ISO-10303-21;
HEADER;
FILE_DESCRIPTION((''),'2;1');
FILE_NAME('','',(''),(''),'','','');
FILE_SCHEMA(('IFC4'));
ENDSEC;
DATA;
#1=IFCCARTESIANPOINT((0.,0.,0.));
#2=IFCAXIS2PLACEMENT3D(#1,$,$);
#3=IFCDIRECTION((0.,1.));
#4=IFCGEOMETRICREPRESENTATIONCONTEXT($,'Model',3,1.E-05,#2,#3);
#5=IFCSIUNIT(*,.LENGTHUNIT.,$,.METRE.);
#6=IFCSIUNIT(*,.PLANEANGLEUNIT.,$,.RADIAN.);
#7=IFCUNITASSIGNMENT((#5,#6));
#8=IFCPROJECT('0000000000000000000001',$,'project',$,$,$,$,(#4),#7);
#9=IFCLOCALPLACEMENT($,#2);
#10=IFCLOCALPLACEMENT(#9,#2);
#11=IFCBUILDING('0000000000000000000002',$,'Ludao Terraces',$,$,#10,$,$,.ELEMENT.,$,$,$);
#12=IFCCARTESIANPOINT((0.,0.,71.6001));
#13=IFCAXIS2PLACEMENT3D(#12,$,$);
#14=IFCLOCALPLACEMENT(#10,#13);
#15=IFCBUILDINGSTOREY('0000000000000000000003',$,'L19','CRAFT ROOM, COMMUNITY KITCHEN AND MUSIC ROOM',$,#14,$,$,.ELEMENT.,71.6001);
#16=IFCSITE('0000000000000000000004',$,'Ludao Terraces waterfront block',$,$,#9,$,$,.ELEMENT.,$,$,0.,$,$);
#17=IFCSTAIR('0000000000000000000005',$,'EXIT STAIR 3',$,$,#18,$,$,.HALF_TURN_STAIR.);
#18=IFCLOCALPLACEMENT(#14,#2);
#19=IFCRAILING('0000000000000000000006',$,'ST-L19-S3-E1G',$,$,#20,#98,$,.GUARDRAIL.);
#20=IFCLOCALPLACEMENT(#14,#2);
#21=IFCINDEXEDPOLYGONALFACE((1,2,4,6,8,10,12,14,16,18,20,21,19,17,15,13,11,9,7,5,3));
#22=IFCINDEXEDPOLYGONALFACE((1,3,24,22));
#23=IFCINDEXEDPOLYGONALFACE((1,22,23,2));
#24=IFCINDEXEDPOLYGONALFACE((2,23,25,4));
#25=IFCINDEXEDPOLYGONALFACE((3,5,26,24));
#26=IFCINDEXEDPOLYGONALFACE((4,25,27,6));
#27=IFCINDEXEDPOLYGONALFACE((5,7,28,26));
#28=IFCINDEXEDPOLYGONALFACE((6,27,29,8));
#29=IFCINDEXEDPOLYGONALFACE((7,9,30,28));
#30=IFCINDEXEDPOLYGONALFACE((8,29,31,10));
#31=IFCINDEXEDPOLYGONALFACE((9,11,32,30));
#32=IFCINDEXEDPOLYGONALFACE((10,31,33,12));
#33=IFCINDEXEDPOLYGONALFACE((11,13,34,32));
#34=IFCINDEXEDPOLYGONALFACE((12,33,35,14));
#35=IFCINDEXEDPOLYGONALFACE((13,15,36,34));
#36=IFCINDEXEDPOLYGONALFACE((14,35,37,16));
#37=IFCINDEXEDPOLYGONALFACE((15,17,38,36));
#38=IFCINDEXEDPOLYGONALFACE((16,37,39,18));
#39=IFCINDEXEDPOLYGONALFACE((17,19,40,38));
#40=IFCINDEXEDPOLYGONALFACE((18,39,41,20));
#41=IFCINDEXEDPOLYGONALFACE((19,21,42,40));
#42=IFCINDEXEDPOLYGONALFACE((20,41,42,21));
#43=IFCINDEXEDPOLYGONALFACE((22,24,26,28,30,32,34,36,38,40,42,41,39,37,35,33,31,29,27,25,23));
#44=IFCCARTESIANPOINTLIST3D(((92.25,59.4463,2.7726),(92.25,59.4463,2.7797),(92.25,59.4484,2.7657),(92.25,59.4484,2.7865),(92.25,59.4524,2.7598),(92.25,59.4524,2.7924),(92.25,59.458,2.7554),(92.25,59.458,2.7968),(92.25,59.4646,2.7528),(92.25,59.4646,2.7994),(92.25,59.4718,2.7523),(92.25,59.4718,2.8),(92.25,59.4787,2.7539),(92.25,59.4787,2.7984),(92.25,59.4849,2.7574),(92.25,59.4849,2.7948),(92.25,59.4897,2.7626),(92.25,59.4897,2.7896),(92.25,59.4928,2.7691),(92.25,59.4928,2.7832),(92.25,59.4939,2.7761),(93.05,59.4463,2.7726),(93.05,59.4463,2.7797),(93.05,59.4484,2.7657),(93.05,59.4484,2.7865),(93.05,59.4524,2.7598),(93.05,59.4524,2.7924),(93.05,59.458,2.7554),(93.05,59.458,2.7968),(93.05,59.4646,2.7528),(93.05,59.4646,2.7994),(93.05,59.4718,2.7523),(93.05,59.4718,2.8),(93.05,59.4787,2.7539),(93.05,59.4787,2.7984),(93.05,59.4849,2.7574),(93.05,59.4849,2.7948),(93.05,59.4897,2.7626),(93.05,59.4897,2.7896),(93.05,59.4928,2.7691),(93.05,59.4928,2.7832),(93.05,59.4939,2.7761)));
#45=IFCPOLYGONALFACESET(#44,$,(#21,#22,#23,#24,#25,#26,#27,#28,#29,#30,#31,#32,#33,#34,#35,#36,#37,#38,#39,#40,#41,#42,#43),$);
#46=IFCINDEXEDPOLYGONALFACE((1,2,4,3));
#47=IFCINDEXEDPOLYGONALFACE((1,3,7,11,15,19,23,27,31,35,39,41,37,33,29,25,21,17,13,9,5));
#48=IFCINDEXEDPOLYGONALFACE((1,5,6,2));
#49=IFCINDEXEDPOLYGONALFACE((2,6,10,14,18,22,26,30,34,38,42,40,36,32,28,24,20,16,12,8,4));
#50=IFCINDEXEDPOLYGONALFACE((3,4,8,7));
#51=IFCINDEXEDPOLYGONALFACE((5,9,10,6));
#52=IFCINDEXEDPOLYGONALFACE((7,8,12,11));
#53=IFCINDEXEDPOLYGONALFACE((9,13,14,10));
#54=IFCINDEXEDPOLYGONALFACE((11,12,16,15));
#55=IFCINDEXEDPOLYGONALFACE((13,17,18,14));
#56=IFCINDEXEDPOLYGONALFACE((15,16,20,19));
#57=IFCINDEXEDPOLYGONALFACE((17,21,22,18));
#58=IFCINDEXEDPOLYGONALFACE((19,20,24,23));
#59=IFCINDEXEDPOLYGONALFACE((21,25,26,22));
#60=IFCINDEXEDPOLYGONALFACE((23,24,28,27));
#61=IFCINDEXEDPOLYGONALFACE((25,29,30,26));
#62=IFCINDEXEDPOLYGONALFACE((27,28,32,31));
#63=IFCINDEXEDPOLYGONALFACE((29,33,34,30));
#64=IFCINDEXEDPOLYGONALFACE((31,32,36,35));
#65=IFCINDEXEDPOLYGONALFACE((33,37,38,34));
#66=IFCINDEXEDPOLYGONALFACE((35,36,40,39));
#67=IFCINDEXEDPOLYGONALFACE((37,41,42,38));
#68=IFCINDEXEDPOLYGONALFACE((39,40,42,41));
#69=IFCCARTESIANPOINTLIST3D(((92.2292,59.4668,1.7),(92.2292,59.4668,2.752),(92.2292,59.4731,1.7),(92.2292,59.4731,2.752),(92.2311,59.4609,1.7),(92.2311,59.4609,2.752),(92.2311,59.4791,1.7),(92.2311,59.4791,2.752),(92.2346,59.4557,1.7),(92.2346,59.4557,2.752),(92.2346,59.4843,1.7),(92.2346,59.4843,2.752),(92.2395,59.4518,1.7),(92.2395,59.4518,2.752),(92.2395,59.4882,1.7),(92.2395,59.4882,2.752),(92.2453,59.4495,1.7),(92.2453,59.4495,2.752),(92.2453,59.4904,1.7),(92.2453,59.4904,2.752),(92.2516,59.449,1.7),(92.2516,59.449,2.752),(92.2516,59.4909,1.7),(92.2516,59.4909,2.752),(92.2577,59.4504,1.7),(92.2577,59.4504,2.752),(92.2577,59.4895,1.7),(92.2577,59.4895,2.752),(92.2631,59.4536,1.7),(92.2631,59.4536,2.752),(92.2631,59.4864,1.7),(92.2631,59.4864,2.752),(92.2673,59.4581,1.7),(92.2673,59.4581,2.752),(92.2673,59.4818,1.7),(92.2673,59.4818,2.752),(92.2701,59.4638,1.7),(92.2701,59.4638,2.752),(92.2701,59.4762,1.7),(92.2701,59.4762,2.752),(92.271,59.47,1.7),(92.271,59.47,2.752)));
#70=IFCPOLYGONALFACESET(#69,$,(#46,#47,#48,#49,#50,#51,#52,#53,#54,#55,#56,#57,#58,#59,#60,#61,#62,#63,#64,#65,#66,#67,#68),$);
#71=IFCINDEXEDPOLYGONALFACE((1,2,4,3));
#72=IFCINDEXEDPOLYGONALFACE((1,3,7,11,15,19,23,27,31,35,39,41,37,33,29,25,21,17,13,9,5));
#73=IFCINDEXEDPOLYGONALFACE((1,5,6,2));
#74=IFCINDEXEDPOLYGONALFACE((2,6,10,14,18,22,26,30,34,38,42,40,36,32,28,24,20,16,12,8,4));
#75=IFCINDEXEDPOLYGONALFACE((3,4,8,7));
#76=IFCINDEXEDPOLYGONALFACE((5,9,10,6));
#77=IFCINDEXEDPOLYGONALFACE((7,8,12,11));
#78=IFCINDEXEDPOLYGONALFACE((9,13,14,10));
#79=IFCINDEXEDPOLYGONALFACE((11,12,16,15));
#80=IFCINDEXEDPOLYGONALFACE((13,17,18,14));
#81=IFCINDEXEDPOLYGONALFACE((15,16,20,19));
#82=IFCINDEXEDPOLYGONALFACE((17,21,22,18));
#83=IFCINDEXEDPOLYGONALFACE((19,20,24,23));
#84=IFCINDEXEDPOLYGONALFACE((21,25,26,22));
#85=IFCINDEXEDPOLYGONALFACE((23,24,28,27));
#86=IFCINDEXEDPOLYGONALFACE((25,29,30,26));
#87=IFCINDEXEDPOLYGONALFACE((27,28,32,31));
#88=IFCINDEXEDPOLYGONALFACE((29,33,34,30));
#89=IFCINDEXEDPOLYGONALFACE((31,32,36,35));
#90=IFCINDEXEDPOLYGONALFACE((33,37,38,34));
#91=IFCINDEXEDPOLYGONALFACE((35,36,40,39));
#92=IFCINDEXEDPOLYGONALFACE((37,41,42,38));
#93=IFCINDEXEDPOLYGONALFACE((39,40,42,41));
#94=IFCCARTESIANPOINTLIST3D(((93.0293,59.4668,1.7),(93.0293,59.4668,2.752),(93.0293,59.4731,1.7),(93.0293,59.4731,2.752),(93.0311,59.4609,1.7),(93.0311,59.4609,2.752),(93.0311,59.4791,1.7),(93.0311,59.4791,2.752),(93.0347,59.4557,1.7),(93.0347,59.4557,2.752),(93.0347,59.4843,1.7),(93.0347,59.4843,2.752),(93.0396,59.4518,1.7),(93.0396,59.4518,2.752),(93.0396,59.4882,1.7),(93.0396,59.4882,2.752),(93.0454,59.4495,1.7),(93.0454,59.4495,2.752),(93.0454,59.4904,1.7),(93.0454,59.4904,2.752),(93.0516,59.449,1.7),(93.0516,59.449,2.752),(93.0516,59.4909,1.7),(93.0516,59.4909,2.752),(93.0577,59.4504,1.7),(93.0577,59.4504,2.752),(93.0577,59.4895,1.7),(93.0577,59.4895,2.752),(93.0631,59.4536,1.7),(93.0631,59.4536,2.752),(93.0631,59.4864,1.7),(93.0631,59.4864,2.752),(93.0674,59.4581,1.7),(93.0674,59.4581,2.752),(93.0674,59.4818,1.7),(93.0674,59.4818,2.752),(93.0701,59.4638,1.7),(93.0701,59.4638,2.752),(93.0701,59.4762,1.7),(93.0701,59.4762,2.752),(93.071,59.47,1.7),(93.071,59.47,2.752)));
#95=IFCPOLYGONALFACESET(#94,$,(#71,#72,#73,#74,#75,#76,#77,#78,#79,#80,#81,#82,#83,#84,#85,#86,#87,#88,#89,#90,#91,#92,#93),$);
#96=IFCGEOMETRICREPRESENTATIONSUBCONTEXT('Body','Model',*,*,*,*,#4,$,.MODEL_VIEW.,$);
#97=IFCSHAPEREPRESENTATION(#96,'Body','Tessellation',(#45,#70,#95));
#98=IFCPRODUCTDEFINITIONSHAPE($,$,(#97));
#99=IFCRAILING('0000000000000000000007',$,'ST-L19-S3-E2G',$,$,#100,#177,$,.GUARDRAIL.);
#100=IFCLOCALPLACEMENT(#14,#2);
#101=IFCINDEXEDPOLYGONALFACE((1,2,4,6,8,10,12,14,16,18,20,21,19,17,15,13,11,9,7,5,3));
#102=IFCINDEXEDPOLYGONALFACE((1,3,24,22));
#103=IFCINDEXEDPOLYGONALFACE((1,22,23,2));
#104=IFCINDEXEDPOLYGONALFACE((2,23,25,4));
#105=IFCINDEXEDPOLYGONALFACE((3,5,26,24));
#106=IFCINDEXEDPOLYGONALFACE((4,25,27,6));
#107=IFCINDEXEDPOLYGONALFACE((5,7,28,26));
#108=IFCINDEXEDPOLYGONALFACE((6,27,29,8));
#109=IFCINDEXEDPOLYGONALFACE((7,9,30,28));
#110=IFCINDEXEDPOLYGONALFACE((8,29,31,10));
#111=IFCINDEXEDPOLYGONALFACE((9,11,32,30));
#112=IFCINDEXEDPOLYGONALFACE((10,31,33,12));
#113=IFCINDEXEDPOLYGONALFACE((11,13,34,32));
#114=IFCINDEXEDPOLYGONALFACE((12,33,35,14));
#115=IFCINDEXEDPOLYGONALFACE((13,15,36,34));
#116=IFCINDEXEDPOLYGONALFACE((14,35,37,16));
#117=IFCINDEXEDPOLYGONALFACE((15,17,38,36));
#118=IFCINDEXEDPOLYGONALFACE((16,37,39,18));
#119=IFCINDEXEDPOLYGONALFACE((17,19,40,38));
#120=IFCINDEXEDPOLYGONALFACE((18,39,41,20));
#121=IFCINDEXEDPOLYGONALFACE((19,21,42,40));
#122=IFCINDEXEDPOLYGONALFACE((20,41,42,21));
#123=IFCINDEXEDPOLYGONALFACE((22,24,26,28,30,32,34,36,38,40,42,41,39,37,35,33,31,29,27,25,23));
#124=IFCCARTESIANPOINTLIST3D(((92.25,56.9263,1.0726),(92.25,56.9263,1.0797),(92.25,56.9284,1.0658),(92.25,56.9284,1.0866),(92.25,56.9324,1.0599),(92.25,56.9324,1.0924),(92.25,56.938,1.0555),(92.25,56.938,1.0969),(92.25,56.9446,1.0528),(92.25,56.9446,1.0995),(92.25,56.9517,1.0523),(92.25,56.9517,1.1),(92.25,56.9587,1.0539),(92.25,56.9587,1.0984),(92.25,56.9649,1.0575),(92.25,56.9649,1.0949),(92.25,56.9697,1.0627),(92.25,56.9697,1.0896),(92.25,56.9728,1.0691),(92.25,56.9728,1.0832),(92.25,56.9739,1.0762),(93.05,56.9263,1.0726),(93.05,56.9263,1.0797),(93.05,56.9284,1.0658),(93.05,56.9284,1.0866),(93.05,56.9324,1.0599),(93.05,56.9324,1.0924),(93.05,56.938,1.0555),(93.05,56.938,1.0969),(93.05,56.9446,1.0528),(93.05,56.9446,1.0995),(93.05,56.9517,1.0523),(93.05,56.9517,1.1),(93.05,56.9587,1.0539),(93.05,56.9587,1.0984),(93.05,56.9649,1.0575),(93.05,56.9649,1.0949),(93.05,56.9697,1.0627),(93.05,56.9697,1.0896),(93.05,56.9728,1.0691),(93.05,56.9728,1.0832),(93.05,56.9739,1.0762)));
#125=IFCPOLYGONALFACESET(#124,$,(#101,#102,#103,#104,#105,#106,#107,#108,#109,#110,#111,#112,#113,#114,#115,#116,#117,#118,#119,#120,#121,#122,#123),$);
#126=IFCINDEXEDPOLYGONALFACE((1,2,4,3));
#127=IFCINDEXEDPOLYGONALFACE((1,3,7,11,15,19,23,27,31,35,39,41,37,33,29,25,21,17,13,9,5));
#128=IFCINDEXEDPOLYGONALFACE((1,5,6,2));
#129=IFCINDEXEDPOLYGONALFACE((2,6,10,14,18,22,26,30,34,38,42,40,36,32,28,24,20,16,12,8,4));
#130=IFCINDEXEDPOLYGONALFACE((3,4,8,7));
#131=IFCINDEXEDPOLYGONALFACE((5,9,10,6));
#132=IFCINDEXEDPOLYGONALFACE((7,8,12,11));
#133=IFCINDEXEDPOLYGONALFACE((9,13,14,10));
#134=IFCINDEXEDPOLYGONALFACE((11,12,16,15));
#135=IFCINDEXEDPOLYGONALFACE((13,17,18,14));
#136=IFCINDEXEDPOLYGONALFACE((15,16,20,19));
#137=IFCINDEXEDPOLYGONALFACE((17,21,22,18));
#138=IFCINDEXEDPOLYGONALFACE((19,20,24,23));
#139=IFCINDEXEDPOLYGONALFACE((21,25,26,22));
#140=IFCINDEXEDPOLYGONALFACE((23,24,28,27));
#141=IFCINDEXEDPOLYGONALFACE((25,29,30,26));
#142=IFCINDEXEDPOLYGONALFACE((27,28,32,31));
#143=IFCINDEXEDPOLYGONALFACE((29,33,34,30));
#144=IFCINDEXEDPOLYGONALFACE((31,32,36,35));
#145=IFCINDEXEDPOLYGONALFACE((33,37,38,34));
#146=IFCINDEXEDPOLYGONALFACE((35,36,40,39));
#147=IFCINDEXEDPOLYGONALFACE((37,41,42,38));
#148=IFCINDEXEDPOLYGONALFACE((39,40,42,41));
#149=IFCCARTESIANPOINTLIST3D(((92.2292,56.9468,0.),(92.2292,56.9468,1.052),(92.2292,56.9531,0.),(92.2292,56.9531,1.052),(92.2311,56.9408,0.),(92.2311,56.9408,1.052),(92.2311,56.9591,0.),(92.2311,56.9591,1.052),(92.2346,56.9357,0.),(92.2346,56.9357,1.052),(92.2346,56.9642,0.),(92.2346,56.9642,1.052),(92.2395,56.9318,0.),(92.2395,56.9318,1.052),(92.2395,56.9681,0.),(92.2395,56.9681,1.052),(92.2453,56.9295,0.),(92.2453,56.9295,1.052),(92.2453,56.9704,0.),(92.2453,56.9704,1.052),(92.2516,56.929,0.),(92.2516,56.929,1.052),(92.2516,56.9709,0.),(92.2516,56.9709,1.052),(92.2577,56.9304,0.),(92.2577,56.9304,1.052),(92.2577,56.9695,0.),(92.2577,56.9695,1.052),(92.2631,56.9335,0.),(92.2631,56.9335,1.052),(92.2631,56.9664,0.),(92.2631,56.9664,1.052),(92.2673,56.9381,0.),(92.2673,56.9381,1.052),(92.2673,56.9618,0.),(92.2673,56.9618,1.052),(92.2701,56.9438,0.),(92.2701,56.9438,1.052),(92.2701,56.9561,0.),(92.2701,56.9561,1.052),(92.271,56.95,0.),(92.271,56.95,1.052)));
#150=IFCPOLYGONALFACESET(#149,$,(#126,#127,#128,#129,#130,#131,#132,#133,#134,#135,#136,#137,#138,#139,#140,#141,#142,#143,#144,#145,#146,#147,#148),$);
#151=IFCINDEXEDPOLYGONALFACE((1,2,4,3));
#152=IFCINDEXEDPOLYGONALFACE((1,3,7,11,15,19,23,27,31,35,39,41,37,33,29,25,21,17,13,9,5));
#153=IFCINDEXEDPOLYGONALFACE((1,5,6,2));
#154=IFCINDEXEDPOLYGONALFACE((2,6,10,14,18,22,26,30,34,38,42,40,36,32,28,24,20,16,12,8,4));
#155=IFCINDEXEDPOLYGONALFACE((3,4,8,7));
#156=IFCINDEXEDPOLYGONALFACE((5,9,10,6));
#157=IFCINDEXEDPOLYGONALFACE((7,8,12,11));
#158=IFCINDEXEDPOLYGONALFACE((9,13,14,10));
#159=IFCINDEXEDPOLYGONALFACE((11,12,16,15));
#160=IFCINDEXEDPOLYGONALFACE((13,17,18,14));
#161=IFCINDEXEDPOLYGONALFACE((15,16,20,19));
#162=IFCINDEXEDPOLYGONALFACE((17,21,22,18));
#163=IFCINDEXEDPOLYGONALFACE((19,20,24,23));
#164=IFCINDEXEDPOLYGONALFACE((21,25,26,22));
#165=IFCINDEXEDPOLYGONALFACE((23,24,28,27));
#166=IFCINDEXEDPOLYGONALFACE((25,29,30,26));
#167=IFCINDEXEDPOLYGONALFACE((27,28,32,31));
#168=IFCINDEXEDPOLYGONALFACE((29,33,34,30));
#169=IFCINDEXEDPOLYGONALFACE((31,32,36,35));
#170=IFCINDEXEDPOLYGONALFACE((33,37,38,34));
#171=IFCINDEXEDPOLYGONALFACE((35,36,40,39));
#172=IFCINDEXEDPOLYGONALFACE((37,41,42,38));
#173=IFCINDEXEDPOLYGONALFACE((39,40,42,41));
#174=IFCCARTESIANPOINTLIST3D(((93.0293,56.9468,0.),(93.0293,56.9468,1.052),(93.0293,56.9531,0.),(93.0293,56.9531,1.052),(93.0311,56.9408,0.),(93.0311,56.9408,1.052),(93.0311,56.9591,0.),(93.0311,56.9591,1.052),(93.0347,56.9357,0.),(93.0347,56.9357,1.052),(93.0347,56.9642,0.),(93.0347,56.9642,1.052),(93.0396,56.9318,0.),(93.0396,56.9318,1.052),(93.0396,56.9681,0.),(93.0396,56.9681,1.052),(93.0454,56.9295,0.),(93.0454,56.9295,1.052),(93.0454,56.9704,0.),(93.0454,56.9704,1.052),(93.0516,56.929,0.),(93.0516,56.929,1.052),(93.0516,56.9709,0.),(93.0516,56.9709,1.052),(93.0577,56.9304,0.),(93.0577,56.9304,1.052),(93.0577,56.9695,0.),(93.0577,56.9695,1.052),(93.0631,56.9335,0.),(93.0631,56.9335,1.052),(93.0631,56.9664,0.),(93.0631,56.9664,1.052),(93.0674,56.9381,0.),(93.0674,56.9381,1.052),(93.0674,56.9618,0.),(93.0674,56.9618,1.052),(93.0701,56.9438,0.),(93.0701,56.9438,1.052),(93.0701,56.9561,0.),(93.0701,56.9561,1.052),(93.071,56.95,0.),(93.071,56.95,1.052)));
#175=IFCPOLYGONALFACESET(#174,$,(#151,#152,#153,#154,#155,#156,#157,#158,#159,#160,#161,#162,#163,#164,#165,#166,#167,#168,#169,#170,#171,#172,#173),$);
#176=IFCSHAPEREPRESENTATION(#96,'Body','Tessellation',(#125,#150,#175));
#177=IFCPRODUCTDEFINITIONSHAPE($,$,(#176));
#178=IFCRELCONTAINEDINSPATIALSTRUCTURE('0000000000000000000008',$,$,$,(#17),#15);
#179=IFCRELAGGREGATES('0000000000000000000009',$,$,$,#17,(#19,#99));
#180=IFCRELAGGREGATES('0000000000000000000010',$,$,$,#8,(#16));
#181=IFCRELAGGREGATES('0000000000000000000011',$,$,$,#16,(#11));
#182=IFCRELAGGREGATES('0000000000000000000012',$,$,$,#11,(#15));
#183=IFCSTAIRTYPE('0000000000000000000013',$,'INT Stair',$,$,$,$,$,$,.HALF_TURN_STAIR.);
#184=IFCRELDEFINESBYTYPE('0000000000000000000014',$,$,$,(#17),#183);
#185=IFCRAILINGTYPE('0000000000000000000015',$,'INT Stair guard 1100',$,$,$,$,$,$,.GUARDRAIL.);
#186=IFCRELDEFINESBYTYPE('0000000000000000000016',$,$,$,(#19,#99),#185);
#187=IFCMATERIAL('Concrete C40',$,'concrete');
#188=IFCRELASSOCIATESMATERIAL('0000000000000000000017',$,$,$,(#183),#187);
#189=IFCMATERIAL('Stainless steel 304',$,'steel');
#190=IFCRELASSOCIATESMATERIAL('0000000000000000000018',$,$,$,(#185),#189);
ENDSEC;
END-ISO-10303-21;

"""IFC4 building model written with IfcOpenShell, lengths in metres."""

from ifc_helpers import new_model, si_unit, direction, frame, origin, origin_2d, place, context, subcontext, project, spatial, circle, extrude, material, type_object, element, aggregate, save


model = new_model("IFC4")

# Units and contexts
model_context = context("Model", 3, precision=1e-05, world=origin(), true_north=direction((0.0, 1.0)))
body_context = subcontext(model_context, "Body", "Model", "MODEL_VIEW")
ifc_project = project(units=[si_unit("LENGTHUNIT", "METRE"), si_unit("PLANEANGLEUNIT", "RADIAN")], contexts=[model_context])

# Site, building, storey
site_placement = place(None, origin())
site = spatial("IfcSite", under=ifc_project, at=site_placement, Name="Ludao Terraces waterfront block", CompositionType="ELEMENT", RefElevation=0.0)
building_placement = place(site_placement, origin())
building = spatial("IfcBuilding", under=site, at=building_placement, Name="Ludao Terraces", CompositionType="ELEMENT")
storey_placement = place(building_placement, frame((0.0, 0.0, 71.6001)))
storey = spatial("IfcBuildingStorey", under=building, at=storey_placement, Name="L19", Description="CRAFT ROOM, COMMUNITY KITCHEN AND MUSIC ROOM", CompositionType="ELEMENT", Elevation=71.6001)

# Stair, railings
ifc_material_1 = material(Name="Concrete C40", Category="concrete")
stair_type = type_object("IfcStairType", Name="INT Stair", PredefinedType="HALF_TURN_STAIR", material=ifc_material_1)
stair_placement = place(storey_placement, origin())
stair = element("IfcStair", 1, at=stair_placement, inside=storey, type_object=stair_type, Name="EXIT STAIR 3", PredefinedType="HALF_TURN_STAIR")
ifc_material_2 = material(Name="Stainless steel 304", Category="steel")
railing_type_1 = type_object("IfcRailingType", Name="INT Stair guard 1100", PredefinedType="GUARDRAIL", material=ifc_material_2)
railing_1_placement = place(storey_placement, frame((92.25, 59.47, 1.7)))
railing_1 = element("IfcRailing", 2, at=railing_1_placement, type_object=railing_type_1, Name="ST-L19-S3-E1G", PredefinedType="GUARDRAIL", context=body_context, shape_type="SweptSolid", body=[
    extrude(circle(Radius=0.0239, at=origin_2d()), frame((0.0, 0.0, 1.0762), z_axis=(1.0, 0.0, 0.0), x_axis=(0.0, 1.0, 0.0)), (0.0, 0.0, 1.0), 0.8),
    extrude(circle(Radius=0.021, at=origin_2d()), origin(), (0.0, 0.0, 1.0), 1.052),
    extrude(circle(Radius=0.021, at=origin_2d()), frame((0.8, 0.0, 0.0)), (0.0, 0.0, 1.0), 1.052),
])
railing_2_placement = place(storey_placement, frame((92.25, 56.95, 0.0)))
railing_2 = element("IfcRailing", 3, at=railing_2_placement, type_object=railing_type_1, Name="ST-L19-S3-E2G", PredefinedType="GUARDRAIL", context=body_context, shape_type="SweptSolid", body=[
    extrude(circle(Radius=0.0239, at=origin_2d()), frame((0.0, 0.0, 1.0762), z_axis=(1.0, 0.0, 0.0), x_axis=(0.0, 1.0, 0.0)), (0.0, 0.0, 1.0), 0.8),
    extrude(circle(Radius=0.021, at=origin_2d()), origin(), (0.0, 0.0, 1.0), 1.052),
    extrude(circle(Radius=0.021, at=origin_2d()), frame((0.8, 0.0, 0.0)), (0.0, 0.0, 1.0), 1.052),
])
aggregate(stair, [railing_1, railing_2])

save(model, "model.ifc")
